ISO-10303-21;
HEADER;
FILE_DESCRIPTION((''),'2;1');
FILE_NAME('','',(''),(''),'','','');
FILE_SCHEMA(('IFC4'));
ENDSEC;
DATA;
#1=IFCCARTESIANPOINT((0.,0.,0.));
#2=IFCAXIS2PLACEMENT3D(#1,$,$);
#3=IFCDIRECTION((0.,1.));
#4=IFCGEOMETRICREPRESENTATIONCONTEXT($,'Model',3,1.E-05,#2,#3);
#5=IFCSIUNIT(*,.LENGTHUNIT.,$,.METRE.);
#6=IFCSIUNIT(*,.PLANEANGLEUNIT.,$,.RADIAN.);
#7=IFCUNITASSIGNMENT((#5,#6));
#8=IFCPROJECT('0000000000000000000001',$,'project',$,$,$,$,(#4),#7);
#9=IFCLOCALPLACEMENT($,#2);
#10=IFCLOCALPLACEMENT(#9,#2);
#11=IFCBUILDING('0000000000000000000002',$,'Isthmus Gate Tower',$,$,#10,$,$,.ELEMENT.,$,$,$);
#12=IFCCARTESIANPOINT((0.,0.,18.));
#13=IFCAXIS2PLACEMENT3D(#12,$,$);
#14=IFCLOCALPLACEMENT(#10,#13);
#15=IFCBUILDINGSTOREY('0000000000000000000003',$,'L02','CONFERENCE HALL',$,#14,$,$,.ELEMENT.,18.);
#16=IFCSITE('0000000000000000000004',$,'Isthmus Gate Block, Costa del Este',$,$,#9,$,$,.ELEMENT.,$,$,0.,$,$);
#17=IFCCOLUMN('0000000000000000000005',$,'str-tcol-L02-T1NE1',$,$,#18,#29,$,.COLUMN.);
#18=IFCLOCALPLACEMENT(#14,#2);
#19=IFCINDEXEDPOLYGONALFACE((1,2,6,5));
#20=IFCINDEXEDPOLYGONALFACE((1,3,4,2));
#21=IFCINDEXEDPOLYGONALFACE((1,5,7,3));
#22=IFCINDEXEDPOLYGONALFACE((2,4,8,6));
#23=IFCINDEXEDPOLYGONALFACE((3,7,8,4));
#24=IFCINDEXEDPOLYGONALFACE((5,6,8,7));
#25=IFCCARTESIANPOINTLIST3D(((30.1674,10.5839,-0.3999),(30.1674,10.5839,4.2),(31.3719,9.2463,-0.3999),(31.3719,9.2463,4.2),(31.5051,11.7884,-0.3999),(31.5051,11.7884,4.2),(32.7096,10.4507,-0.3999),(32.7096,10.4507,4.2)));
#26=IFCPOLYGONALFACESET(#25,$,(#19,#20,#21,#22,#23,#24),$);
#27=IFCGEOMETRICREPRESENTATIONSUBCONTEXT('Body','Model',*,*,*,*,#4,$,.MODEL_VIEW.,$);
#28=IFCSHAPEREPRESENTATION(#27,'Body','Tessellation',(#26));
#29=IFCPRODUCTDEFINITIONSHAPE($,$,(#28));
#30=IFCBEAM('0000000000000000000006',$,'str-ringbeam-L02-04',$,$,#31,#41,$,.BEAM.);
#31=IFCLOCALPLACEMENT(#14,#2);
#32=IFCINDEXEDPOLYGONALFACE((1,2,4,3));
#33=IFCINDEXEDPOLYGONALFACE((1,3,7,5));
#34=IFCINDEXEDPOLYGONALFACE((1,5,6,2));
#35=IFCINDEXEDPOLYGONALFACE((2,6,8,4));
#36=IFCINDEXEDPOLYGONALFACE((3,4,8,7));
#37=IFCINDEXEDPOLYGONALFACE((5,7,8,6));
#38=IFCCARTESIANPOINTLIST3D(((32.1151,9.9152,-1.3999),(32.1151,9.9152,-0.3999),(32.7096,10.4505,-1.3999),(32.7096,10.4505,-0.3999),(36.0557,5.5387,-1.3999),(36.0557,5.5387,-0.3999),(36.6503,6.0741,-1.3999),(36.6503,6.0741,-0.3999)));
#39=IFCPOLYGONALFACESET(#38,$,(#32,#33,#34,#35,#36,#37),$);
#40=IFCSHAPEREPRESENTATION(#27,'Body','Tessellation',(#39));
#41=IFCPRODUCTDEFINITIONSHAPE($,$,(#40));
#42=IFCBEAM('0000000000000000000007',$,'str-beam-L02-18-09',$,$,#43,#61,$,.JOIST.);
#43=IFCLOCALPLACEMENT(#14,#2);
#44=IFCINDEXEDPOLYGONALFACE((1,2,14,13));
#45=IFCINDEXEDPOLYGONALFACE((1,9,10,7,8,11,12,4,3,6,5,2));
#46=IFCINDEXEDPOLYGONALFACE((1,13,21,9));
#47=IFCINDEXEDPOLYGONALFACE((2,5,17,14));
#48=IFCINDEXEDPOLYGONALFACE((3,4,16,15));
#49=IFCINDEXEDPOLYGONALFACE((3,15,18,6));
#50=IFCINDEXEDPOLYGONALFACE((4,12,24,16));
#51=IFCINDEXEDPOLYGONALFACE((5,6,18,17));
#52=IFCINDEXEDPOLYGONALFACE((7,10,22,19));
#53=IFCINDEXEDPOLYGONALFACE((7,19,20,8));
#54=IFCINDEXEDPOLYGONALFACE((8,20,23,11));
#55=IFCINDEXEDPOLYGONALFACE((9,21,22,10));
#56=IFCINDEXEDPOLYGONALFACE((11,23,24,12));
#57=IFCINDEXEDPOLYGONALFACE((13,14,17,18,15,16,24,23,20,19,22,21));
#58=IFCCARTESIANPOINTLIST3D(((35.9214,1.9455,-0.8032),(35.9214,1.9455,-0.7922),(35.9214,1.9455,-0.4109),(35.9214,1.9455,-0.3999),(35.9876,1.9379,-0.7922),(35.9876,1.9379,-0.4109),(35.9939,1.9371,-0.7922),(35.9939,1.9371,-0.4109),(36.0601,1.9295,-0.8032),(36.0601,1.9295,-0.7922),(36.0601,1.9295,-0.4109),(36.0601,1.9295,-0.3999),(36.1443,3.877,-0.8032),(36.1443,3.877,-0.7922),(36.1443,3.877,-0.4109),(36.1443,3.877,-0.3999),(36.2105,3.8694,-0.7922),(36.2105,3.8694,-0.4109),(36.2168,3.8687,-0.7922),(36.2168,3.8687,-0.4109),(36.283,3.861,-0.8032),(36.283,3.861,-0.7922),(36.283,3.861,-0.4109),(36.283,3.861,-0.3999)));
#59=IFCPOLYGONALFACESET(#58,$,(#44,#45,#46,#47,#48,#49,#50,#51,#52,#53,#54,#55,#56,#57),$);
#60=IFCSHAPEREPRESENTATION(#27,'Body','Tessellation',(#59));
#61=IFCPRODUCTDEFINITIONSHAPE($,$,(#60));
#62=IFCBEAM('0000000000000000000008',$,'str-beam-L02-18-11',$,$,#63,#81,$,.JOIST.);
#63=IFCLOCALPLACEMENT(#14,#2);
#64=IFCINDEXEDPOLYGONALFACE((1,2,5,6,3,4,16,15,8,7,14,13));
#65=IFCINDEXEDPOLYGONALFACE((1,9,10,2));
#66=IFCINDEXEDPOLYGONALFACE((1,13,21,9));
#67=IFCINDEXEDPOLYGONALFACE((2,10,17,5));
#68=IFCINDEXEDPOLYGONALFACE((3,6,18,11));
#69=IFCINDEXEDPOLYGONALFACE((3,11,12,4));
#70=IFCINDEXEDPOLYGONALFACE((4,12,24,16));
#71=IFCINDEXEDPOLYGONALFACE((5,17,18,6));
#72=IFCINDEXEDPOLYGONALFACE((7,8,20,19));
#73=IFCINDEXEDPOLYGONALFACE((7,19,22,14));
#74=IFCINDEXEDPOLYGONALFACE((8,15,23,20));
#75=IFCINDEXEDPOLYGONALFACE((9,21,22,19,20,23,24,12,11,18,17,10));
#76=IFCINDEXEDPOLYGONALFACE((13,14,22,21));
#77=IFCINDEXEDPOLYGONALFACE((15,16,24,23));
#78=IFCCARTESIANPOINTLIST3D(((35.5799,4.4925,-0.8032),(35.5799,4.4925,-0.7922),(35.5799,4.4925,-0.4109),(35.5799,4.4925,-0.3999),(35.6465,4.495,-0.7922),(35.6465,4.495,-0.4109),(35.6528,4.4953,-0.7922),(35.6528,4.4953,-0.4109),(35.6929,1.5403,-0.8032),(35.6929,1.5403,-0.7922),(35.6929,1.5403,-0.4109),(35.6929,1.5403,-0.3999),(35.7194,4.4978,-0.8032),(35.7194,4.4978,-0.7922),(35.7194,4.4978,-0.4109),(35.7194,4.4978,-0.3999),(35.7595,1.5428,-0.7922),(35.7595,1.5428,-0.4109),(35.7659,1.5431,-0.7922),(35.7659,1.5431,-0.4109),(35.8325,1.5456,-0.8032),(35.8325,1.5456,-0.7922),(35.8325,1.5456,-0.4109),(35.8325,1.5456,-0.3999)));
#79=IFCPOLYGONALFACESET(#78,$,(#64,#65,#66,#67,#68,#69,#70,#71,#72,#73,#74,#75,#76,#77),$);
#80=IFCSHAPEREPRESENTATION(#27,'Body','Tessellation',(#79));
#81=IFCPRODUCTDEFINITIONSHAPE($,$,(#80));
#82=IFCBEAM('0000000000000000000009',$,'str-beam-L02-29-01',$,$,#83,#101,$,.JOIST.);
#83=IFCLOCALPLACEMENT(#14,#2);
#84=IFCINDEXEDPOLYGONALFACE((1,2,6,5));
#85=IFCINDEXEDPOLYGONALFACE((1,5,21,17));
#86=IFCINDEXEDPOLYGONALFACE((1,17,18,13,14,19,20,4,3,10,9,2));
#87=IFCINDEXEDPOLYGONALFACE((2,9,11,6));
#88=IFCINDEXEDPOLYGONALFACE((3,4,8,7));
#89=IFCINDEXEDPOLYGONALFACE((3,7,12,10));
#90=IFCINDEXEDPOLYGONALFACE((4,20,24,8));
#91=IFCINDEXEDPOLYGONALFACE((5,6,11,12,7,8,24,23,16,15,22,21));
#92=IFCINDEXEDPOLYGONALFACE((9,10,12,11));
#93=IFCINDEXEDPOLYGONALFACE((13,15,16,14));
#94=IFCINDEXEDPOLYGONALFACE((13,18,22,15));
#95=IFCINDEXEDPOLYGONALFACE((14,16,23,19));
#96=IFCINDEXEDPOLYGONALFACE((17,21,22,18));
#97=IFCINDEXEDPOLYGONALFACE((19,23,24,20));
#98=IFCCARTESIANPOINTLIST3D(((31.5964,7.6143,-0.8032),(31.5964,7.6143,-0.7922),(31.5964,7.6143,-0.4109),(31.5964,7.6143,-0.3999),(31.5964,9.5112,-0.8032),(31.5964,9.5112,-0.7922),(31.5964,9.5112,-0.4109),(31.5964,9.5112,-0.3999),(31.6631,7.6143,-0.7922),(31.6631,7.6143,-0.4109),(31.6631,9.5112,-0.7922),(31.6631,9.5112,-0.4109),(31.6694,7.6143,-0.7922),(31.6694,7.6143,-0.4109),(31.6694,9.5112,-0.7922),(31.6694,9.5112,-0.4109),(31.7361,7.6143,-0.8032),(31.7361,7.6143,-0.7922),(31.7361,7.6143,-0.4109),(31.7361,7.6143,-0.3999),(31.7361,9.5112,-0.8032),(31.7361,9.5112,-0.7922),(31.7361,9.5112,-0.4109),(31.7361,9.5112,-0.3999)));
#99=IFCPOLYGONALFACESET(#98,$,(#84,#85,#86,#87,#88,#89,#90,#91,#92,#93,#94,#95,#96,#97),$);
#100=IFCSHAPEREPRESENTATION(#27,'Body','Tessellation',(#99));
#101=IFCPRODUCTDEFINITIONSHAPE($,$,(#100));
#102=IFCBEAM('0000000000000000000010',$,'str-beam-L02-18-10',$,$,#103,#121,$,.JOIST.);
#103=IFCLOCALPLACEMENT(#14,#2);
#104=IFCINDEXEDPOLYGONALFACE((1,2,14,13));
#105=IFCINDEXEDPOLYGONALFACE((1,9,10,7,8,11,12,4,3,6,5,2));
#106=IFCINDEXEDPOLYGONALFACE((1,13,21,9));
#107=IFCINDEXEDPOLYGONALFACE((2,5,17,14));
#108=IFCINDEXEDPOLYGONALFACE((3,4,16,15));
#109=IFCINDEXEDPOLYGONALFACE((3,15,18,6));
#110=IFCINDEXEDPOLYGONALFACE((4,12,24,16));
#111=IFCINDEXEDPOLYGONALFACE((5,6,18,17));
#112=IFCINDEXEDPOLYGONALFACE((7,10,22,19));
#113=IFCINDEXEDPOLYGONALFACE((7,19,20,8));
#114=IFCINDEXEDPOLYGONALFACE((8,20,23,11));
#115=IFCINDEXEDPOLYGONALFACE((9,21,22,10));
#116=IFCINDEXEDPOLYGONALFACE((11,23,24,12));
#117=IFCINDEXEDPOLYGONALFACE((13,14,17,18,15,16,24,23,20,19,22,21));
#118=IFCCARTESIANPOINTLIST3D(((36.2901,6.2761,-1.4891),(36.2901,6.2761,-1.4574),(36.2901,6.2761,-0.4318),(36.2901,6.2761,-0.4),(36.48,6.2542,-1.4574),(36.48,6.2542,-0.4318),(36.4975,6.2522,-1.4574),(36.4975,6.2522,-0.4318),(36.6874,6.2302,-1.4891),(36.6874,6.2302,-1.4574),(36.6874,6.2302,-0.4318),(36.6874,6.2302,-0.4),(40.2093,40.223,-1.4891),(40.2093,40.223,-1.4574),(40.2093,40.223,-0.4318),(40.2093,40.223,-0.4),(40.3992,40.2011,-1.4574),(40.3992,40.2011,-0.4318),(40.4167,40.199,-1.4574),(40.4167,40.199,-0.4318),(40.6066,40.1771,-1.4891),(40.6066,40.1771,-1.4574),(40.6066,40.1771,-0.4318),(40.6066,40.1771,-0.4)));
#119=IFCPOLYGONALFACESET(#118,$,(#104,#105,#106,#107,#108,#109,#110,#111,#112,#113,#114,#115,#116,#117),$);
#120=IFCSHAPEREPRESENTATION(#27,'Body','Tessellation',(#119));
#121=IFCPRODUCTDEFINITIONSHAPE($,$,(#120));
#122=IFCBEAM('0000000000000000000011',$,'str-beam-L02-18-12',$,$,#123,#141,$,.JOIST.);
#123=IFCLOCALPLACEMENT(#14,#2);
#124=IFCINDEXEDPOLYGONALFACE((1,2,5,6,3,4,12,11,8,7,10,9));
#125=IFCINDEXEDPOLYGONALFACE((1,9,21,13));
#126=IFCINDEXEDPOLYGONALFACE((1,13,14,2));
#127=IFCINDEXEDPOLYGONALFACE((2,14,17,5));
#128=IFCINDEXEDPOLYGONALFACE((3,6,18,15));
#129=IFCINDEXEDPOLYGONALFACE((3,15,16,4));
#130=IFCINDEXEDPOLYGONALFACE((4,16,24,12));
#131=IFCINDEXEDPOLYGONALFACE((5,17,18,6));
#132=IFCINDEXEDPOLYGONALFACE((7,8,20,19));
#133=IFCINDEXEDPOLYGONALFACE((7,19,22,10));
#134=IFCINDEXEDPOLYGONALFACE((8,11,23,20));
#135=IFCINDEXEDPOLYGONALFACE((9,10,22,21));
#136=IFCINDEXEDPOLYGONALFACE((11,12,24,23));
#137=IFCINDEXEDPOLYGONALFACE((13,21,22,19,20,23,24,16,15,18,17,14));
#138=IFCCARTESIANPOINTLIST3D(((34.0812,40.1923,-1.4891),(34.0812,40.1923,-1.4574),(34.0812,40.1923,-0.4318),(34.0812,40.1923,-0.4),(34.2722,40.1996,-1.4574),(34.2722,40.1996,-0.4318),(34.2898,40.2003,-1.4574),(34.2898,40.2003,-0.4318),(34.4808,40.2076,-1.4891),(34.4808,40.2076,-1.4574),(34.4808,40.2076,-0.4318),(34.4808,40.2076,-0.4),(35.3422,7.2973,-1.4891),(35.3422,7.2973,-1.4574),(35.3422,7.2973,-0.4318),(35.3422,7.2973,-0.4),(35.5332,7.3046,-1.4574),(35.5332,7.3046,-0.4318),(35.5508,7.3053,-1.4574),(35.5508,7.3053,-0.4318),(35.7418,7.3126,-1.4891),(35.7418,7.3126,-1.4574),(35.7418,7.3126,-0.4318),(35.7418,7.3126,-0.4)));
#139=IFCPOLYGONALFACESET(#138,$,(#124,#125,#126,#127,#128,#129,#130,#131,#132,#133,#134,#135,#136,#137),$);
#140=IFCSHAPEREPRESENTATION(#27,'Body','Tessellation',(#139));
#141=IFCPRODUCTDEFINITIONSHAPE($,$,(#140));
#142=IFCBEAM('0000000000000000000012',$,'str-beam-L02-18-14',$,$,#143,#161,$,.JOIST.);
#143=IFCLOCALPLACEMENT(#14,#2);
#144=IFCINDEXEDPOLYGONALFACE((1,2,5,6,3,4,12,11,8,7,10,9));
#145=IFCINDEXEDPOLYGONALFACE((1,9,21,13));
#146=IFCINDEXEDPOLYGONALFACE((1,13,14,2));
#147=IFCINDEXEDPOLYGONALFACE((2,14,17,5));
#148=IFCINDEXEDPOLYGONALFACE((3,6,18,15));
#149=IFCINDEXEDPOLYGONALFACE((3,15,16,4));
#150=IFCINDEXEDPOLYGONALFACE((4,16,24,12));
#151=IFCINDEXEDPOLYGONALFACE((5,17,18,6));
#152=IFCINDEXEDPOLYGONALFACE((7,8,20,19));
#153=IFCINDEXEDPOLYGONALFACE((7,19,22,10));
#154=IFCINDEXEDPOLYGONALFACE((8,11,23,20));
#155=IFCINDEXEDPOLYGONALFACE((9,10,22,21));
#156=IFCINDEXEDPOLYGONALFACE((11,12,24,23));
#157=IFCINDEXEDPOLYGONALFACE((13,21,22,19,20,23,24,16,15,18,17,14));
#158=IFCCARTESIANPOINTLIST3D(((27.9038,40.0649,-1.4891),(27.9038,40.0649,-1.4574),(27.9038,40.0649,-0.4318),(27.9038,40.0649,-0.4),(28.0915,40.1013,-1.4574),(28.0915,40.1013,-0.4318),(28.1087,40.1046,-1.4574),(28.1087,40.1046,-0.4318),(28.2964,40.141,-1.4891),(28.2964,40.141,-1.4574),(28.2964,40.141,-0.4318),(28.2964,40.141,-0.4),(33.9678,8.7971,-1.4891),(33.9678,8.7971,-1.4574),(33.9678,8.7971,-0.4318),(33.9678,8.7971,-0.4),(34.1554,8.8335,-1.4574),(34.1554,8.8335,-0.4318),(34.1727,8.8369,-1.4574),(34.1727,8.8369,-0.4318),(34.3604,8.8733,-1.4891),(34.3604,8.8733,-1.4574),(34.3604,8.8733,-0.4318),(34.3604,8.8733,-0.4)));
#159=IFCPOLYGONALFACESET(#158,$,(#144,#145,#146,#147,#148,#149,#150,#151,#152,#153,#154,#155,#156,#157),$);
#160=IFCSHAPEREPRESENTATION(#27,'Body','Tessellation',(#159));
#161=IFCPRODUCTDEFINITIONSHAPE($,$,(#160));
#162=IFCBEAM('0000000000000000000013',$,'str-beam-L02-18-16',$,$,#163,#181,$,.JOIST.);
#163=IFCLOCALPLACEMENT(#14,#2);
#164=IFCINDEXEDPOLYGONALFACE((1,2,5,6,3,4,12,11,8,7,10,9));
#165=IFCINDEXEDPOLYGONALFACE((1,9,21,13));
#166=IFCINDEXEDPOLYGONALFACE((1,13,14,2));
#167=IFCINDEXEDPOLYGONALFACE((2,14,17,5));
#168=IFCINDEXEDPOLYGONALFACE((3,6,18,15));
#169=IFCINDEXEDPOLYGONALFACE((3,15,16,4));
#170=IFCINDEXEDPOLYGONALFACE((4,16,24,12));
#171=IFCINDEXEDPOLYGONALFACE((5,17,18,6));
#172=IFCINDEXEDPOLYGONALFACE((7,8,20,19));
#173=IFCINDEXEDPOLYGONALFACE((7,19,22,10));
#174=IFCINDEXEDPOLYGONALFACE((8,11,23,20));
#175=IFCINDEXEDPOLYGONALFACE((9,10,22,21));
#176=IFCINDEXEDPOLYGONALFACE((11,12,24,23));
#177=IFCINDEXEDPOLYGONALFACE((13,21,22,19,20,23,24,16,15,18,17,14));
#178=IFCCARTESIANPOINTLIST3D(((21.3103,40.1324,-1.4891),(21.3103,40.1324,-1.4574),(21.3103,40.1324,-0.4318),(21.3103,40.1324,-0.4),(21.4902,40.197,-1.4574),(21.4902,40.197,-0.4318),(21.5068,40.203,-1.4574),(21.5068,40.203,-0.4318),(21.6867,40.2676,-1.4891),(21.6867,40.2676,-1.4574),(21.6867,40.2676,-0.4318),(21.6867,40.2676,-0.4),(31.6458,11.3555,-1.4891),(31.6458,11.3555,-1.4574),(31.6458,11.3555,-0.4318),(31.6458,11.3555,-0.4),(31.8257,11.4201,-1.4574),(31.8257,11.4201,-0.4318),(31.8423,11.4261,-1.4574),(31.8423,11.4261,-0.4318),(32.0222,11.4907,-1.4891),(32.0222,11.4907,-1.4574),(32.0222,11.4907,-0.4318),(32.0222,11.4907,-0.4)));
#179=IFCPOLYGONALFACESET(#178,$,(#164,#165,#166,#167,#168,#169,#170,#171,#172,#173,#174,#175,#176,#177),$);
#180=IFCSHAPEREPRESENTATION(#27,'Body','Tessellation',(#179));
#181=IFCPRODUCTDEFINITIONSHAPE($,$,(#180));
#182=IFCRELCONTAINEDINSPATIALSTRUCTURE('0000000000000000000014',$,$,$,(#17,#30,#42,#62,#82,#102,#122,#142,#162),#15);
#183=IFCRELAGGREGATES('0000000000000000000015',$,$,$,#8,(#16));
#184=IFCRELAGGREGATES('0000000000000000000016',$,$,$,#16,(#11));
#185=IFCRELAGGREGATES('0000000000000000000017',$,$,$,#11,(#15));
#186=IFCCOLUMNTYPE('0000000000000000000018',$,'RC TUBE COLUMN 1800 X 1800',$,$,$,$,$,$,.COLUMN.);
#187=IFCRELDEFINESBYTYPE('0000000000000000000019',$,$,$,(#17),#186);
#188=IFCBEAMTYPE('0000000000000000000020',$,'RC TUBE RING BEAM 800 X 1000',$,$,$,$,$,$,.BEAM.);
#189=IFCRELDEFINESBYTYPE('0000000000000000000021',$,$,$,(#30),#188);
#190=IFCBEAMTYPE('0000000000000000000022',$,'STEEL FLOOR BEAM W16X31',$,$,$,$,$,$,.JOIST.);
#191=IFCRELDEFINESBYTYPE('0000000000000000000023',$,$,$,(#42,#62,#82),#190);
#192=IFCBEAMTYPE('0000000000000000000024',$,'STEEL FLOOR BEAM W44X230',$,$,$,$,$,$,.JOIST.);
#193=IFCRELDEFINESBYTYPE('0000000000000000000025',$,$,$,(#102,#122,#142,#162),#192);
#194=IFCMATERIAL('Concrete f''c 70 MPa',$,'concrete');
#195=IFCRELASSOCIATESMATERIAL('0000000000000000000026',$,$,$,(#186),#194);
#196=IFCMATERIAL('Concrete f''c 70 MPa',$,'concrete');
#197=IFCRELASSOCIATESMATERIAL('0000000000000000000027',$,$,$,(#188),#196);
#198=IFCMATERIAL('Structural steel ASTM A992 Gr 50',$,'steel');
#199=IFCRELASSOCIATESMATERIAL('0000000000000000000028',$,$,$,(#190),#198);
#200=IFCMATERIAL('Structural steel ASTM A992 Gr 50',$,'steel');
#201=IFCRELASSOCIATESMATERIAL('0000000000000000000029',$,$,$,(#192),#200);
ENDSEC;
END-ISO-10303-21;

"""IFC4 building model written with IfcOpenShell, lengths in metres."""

from ifc_helpers import new_model, si_unit, direction, frame, origin, origin_2d, place, context, subcontext, project, spatial, rectangle, i_section, extrude, material, material_profile, profile_set, type_object, element, save


model = new_model("IFC4")

# Units and contexts
model_context = context("Model", 3, precision=1e-05, world=origin(), true_north=direction((0.0, 1.0)))
body_context = subcontext(model_context, "Body", "Model", "MODEL_VIEW")
ifc_project = project(units=[si_unit("LENGTHUNIT", "METRE"), si_unit("PLANEANGLEUNIT", "RADIAN")], contexts=[model_context])

# Site, building, storey
site_placement = place(None, origin())
site = spatial("IfcSite", under=ifc_project, at=site_placement, Name="Isthmus Gate Block, Costa del Este", CompositionType="ELEMENT", RefElevation=0.0)
building_placement = place(site_placement, origin())
building = spatial("IfcBuilding", under=site, at=building_placement, Name="Isthmus Gate Tower", CompositionType="ELEMENT")
storey_placement = place(building_placement, frame((0.0, 0.0, 18.0)))
storey = spatial("IfcBuildingStorey", under=building, at=storey_placement, Name="L02", Description="CONFERENCE HALL", CompositionType="ELEMENT", Elevation=18.0)

# Column
ifc_material_1 = material(Name="Concrete f'c 70 MPa", Category="concrete")
ifc_material_profile_1 = material_profile(ifc_material_1, rectangle(XDim=1.8, YDim=1.8, at=origin_2d()), Name="RC 1800X1800")
ifc_profile_set_1 = profile_set([ifc_material_profile_1], Name="Concrete f'c 70 MPa")
column_type = type_object("IfcColumnType", Name="RC TUBE COLUMN 1800 X 1800", PredefinedType="COLUMN", material=ifc_profile_set_1)
column_placement = place(storey_placement, frame((31.4385, 10.5173, -0.3999), z_axis=(0.0, 0.0, 1.0), x_axis=(-0.669131, 0.743145, 0.0)))
element("IfcColumn", 1, at=column_placement, inside=storey, type_object=column_type, Name="str-tcol-L02-T1NE1", PredefinedType="COLUMN", context=body_context, shape_type="SweptSolid", body=[
    extrude(rectangle(XDim=1.8, YDim=1.8, at=origin_2d()), origin(), (0.0, 0.0, 1.0), 4.5999),
])

# Beams
ifc_material_2 = material(Name="Concrete f'c 70 MPa", Category="concrete")
ifc_material_profile_2 = material_profile(ifc_material_2, rectangle(XDim=0.8, YDim=1.0, at=origin_2d()), Name="RC 800X1000")
ifc_profile_set_2 = profile_set([ifc_material_profile_2], Name="Concrete f'c 70 MPa")
beam_type_1 = type_object("IfcBeamType", Name="RC TUBE RING BEAM 800 X 1000", PredefinedType="BEAM", material=ifc_profile_set_2)
beam_1_placement = place(storey_placement, frame((32.4124, 10.1829, -0.8999), z_axis=(0.669139, -0.743137, 0.0), x_axis=(0.743137, 0.669139, 0.0)))
element("IfcBeam", 2, at=beam_1_placement, inside=storey, type_object=beam_type_1, Name="str-ringbeam-L02-04", PredefinedType="BEAM", context=body_context, shape_type="SweptSolid", body=[
    extrude(rectangle(XDim=0.8, YDim=1.0, at=origin_2d()), origin(), (0.0, 0.0, 1.0), 5.8892),
])
ifc_material_3 = material(Name="Structural steel ASTM A992 Gr 50", Category="steel")
ifc_material_profile_3 = material_profile(ifc_material_3, i_section(OverallWidth=0.1396, OverallDepth=0.4033, WebThickness=0.0063, FlangeThickness=0.011, at=origin_2d()), Name="W16X31")
ifc_profile_set_3 = profile_set([ifc_material_profile_3], Name="Structural steel ASTM A992 Gr 50")
beam_type_2 = type_object("IfcBeamType", Name="STEEL FLOOR BEAM W16X31", PredefinedType="JOIST", material=ifc_profile_set_3)
beam_2_placement = place(storey_placement, frame((35.9907, 1.9375, -0.6016), z_axis=(0.114648, 0.993406, 0.0), x_axis=(-0.993406, 0.114648, 0.0)))
element("IfcBeam", 3, at=beam_2_placement, inside=storey, type_object=beam_type_2, Name="str-beam-L02-18-09", PredefinedType="JOIST", context=body_context, shape_type="SweptSolid", body=[
    extrude(i_section(OverallWidth=0.1396, OverallDepth=0.4033, WebThickness=0.0063, FlangeThickness=0.011, at=origin_2d()), origin(), (0.0, 0.0, 1.0), 1.9443),
])
beam_3_placement = place(storey_placement, frame((35.7627, 1.543, -0.6016), z_axis=(-0.038262, 0.999268, 0.0), x_axis=(-0.999268, -0.038262, 0.0)))
element("IfcBeam", 4, at=beam_3_placement, inside=storey, type_object=beam_type_2, Name="str-beam-L02-18-11", PredefinedType="JOIST", context=body_context, shape_type="SweptSolid", body=[
    extrude(i_section(OverallWidth=0.1396, OverallDepth=0.4033, WebThickness=0.0063, FlangeThickness=0.011, at=origin_2d()), origin(), (0.0, 0.0, 1.0), 2.9543),
])
beam_4_placement = place(storey_placement, frame((31.6663, 7.6143, -0.6016), z_axis=(0.0, 1.0, 0.0), x_axis=(-1.0, 0.0, 0.0)))
element("IfcBeam", 5, at=beam_4_placement, inside=storey, type_object=beam_type_2, Name="str-beam-L02-29-01", PredefinedType="JOIST", context=body_context, shape_type="SweptSolid", body=[
    extrude(i_section(OverallWidth=0.1396, OverallDepth=0.4033, WebThickness=0.0063, FlangeThickness=0.011, at=origin_2d()), origin(), (0.0, 0.0, 1.0), 1.897),
])
ifc_material_4 = material(Name="Structural steel ASTM A992 Gr 50", Category="steel")
ifc_material_profile_4 = material_profile(ifc_material_4, i_section(OverallWidth=0.3999, OverallDepth=1.0891, WebThickness=0.0176, FlangeThickness=0.0317, at=origin_2d()), Name="W44X230")
ifc_profile_set_4 = profile_set([ifc_material_profile_4], Name="Structural steel ASTM A992 Gr 50")
beam_type_3 = type_object("IfcBeamType", Name="STEEL FLOOR BEAM W44X230", PredefinedType="JOIST", material=ifc_profile_set_4)
beam_5_placement = place(storey_placement, frame((36.4888, 6.2532, -0.9446), z_axis=(0.114689, 0.993401, 0.0), x_axis=(-0.993401, 0.114689, 0.0)))
element("IfcBeam", 6, at=beam_5_placement, inside=storey, type_object=beam_type_3, Name="str-beam-L02-18-10", PredefinedType="JOIST", context=body_context, shape_type="SweptSolid", body=[
    extrude(i_section(OverallWidth=0.3999, OverallDepth=1.0891, WebThickness=0.0176, FlangeThickness=0.0317, at=origin_2d()), origin(), (0.0, 0.0, 1.0), 34.1724),
])
beam_6_placement = place(storey_placement, frame((35.542, 7.3049, -0.9446), z_axis=(-0.038306, 0.999266, 0.0), x_axis=(-0.999266, -0.038306, 0.0)))
element("IfcBeam", 7, at=beam_6_placement, inside=storey, type_object=beam_type_3, Name="str-beam-L02-18-12", PredefinedType="JOIST", context=body_context, shape_type="SweptSolid", body=[
    extrude(i_section(OverallWidth=0.3999, OverallDepth=1.0891, WebThickness=0.0176, FlangeThickness=0.0317, at=origin_2d()), origin(), (0.0, 0.0, 1.0), 32.9192),
])
beam_7_placement = place(storey_placement, frame((34.1641, 8.8352, -0.9446), z_axis=(-0.190389, 0.981709, 0.0), x_axis=(-0.981709, -0.190389, 0.0)))
element("IfcBeam", 8, at=beam_7_placement, inside=storey, type_object=beam_type_3, Name="str-beam-L02-18-14", PredefinedType="JOIST", context=body_context, shape_type="SweptSolid", body=[
    extrude(i_section(OverallWidth=0.3999, OverallDepth=1.0891, WebThickness=0.0176, FlangeThickness=0.0317, at=origin_2d()), origin(), (0.0, 0.0, 1.0), 31.8503),
])
beam_8_placement = place(storey_placement, frame((31.834, 11.4231, -0.9446), z_axis=(-0.338018, 0.94114, 0.0), x_axis=(-0.94114, -0.338018, 0.0)))
element("IfcBeam", 9, at=beam_8_placement, inside=storey, type_object=beam_type_3, Name="str-beam-L02-18-16", PredefinedType="JOIST", context=body_context, shape_type="SweptSolid", body=[
    extrude(i_section(OverallWidth=0.3999, OverallDepth=1.0891, WebThickness=0.0176, FlangeThickness=0.0317, at=origin_2d()), origin(), (0.0, 0.0, 1.0), 30.5767),
])

save(model, "model.ifc")
